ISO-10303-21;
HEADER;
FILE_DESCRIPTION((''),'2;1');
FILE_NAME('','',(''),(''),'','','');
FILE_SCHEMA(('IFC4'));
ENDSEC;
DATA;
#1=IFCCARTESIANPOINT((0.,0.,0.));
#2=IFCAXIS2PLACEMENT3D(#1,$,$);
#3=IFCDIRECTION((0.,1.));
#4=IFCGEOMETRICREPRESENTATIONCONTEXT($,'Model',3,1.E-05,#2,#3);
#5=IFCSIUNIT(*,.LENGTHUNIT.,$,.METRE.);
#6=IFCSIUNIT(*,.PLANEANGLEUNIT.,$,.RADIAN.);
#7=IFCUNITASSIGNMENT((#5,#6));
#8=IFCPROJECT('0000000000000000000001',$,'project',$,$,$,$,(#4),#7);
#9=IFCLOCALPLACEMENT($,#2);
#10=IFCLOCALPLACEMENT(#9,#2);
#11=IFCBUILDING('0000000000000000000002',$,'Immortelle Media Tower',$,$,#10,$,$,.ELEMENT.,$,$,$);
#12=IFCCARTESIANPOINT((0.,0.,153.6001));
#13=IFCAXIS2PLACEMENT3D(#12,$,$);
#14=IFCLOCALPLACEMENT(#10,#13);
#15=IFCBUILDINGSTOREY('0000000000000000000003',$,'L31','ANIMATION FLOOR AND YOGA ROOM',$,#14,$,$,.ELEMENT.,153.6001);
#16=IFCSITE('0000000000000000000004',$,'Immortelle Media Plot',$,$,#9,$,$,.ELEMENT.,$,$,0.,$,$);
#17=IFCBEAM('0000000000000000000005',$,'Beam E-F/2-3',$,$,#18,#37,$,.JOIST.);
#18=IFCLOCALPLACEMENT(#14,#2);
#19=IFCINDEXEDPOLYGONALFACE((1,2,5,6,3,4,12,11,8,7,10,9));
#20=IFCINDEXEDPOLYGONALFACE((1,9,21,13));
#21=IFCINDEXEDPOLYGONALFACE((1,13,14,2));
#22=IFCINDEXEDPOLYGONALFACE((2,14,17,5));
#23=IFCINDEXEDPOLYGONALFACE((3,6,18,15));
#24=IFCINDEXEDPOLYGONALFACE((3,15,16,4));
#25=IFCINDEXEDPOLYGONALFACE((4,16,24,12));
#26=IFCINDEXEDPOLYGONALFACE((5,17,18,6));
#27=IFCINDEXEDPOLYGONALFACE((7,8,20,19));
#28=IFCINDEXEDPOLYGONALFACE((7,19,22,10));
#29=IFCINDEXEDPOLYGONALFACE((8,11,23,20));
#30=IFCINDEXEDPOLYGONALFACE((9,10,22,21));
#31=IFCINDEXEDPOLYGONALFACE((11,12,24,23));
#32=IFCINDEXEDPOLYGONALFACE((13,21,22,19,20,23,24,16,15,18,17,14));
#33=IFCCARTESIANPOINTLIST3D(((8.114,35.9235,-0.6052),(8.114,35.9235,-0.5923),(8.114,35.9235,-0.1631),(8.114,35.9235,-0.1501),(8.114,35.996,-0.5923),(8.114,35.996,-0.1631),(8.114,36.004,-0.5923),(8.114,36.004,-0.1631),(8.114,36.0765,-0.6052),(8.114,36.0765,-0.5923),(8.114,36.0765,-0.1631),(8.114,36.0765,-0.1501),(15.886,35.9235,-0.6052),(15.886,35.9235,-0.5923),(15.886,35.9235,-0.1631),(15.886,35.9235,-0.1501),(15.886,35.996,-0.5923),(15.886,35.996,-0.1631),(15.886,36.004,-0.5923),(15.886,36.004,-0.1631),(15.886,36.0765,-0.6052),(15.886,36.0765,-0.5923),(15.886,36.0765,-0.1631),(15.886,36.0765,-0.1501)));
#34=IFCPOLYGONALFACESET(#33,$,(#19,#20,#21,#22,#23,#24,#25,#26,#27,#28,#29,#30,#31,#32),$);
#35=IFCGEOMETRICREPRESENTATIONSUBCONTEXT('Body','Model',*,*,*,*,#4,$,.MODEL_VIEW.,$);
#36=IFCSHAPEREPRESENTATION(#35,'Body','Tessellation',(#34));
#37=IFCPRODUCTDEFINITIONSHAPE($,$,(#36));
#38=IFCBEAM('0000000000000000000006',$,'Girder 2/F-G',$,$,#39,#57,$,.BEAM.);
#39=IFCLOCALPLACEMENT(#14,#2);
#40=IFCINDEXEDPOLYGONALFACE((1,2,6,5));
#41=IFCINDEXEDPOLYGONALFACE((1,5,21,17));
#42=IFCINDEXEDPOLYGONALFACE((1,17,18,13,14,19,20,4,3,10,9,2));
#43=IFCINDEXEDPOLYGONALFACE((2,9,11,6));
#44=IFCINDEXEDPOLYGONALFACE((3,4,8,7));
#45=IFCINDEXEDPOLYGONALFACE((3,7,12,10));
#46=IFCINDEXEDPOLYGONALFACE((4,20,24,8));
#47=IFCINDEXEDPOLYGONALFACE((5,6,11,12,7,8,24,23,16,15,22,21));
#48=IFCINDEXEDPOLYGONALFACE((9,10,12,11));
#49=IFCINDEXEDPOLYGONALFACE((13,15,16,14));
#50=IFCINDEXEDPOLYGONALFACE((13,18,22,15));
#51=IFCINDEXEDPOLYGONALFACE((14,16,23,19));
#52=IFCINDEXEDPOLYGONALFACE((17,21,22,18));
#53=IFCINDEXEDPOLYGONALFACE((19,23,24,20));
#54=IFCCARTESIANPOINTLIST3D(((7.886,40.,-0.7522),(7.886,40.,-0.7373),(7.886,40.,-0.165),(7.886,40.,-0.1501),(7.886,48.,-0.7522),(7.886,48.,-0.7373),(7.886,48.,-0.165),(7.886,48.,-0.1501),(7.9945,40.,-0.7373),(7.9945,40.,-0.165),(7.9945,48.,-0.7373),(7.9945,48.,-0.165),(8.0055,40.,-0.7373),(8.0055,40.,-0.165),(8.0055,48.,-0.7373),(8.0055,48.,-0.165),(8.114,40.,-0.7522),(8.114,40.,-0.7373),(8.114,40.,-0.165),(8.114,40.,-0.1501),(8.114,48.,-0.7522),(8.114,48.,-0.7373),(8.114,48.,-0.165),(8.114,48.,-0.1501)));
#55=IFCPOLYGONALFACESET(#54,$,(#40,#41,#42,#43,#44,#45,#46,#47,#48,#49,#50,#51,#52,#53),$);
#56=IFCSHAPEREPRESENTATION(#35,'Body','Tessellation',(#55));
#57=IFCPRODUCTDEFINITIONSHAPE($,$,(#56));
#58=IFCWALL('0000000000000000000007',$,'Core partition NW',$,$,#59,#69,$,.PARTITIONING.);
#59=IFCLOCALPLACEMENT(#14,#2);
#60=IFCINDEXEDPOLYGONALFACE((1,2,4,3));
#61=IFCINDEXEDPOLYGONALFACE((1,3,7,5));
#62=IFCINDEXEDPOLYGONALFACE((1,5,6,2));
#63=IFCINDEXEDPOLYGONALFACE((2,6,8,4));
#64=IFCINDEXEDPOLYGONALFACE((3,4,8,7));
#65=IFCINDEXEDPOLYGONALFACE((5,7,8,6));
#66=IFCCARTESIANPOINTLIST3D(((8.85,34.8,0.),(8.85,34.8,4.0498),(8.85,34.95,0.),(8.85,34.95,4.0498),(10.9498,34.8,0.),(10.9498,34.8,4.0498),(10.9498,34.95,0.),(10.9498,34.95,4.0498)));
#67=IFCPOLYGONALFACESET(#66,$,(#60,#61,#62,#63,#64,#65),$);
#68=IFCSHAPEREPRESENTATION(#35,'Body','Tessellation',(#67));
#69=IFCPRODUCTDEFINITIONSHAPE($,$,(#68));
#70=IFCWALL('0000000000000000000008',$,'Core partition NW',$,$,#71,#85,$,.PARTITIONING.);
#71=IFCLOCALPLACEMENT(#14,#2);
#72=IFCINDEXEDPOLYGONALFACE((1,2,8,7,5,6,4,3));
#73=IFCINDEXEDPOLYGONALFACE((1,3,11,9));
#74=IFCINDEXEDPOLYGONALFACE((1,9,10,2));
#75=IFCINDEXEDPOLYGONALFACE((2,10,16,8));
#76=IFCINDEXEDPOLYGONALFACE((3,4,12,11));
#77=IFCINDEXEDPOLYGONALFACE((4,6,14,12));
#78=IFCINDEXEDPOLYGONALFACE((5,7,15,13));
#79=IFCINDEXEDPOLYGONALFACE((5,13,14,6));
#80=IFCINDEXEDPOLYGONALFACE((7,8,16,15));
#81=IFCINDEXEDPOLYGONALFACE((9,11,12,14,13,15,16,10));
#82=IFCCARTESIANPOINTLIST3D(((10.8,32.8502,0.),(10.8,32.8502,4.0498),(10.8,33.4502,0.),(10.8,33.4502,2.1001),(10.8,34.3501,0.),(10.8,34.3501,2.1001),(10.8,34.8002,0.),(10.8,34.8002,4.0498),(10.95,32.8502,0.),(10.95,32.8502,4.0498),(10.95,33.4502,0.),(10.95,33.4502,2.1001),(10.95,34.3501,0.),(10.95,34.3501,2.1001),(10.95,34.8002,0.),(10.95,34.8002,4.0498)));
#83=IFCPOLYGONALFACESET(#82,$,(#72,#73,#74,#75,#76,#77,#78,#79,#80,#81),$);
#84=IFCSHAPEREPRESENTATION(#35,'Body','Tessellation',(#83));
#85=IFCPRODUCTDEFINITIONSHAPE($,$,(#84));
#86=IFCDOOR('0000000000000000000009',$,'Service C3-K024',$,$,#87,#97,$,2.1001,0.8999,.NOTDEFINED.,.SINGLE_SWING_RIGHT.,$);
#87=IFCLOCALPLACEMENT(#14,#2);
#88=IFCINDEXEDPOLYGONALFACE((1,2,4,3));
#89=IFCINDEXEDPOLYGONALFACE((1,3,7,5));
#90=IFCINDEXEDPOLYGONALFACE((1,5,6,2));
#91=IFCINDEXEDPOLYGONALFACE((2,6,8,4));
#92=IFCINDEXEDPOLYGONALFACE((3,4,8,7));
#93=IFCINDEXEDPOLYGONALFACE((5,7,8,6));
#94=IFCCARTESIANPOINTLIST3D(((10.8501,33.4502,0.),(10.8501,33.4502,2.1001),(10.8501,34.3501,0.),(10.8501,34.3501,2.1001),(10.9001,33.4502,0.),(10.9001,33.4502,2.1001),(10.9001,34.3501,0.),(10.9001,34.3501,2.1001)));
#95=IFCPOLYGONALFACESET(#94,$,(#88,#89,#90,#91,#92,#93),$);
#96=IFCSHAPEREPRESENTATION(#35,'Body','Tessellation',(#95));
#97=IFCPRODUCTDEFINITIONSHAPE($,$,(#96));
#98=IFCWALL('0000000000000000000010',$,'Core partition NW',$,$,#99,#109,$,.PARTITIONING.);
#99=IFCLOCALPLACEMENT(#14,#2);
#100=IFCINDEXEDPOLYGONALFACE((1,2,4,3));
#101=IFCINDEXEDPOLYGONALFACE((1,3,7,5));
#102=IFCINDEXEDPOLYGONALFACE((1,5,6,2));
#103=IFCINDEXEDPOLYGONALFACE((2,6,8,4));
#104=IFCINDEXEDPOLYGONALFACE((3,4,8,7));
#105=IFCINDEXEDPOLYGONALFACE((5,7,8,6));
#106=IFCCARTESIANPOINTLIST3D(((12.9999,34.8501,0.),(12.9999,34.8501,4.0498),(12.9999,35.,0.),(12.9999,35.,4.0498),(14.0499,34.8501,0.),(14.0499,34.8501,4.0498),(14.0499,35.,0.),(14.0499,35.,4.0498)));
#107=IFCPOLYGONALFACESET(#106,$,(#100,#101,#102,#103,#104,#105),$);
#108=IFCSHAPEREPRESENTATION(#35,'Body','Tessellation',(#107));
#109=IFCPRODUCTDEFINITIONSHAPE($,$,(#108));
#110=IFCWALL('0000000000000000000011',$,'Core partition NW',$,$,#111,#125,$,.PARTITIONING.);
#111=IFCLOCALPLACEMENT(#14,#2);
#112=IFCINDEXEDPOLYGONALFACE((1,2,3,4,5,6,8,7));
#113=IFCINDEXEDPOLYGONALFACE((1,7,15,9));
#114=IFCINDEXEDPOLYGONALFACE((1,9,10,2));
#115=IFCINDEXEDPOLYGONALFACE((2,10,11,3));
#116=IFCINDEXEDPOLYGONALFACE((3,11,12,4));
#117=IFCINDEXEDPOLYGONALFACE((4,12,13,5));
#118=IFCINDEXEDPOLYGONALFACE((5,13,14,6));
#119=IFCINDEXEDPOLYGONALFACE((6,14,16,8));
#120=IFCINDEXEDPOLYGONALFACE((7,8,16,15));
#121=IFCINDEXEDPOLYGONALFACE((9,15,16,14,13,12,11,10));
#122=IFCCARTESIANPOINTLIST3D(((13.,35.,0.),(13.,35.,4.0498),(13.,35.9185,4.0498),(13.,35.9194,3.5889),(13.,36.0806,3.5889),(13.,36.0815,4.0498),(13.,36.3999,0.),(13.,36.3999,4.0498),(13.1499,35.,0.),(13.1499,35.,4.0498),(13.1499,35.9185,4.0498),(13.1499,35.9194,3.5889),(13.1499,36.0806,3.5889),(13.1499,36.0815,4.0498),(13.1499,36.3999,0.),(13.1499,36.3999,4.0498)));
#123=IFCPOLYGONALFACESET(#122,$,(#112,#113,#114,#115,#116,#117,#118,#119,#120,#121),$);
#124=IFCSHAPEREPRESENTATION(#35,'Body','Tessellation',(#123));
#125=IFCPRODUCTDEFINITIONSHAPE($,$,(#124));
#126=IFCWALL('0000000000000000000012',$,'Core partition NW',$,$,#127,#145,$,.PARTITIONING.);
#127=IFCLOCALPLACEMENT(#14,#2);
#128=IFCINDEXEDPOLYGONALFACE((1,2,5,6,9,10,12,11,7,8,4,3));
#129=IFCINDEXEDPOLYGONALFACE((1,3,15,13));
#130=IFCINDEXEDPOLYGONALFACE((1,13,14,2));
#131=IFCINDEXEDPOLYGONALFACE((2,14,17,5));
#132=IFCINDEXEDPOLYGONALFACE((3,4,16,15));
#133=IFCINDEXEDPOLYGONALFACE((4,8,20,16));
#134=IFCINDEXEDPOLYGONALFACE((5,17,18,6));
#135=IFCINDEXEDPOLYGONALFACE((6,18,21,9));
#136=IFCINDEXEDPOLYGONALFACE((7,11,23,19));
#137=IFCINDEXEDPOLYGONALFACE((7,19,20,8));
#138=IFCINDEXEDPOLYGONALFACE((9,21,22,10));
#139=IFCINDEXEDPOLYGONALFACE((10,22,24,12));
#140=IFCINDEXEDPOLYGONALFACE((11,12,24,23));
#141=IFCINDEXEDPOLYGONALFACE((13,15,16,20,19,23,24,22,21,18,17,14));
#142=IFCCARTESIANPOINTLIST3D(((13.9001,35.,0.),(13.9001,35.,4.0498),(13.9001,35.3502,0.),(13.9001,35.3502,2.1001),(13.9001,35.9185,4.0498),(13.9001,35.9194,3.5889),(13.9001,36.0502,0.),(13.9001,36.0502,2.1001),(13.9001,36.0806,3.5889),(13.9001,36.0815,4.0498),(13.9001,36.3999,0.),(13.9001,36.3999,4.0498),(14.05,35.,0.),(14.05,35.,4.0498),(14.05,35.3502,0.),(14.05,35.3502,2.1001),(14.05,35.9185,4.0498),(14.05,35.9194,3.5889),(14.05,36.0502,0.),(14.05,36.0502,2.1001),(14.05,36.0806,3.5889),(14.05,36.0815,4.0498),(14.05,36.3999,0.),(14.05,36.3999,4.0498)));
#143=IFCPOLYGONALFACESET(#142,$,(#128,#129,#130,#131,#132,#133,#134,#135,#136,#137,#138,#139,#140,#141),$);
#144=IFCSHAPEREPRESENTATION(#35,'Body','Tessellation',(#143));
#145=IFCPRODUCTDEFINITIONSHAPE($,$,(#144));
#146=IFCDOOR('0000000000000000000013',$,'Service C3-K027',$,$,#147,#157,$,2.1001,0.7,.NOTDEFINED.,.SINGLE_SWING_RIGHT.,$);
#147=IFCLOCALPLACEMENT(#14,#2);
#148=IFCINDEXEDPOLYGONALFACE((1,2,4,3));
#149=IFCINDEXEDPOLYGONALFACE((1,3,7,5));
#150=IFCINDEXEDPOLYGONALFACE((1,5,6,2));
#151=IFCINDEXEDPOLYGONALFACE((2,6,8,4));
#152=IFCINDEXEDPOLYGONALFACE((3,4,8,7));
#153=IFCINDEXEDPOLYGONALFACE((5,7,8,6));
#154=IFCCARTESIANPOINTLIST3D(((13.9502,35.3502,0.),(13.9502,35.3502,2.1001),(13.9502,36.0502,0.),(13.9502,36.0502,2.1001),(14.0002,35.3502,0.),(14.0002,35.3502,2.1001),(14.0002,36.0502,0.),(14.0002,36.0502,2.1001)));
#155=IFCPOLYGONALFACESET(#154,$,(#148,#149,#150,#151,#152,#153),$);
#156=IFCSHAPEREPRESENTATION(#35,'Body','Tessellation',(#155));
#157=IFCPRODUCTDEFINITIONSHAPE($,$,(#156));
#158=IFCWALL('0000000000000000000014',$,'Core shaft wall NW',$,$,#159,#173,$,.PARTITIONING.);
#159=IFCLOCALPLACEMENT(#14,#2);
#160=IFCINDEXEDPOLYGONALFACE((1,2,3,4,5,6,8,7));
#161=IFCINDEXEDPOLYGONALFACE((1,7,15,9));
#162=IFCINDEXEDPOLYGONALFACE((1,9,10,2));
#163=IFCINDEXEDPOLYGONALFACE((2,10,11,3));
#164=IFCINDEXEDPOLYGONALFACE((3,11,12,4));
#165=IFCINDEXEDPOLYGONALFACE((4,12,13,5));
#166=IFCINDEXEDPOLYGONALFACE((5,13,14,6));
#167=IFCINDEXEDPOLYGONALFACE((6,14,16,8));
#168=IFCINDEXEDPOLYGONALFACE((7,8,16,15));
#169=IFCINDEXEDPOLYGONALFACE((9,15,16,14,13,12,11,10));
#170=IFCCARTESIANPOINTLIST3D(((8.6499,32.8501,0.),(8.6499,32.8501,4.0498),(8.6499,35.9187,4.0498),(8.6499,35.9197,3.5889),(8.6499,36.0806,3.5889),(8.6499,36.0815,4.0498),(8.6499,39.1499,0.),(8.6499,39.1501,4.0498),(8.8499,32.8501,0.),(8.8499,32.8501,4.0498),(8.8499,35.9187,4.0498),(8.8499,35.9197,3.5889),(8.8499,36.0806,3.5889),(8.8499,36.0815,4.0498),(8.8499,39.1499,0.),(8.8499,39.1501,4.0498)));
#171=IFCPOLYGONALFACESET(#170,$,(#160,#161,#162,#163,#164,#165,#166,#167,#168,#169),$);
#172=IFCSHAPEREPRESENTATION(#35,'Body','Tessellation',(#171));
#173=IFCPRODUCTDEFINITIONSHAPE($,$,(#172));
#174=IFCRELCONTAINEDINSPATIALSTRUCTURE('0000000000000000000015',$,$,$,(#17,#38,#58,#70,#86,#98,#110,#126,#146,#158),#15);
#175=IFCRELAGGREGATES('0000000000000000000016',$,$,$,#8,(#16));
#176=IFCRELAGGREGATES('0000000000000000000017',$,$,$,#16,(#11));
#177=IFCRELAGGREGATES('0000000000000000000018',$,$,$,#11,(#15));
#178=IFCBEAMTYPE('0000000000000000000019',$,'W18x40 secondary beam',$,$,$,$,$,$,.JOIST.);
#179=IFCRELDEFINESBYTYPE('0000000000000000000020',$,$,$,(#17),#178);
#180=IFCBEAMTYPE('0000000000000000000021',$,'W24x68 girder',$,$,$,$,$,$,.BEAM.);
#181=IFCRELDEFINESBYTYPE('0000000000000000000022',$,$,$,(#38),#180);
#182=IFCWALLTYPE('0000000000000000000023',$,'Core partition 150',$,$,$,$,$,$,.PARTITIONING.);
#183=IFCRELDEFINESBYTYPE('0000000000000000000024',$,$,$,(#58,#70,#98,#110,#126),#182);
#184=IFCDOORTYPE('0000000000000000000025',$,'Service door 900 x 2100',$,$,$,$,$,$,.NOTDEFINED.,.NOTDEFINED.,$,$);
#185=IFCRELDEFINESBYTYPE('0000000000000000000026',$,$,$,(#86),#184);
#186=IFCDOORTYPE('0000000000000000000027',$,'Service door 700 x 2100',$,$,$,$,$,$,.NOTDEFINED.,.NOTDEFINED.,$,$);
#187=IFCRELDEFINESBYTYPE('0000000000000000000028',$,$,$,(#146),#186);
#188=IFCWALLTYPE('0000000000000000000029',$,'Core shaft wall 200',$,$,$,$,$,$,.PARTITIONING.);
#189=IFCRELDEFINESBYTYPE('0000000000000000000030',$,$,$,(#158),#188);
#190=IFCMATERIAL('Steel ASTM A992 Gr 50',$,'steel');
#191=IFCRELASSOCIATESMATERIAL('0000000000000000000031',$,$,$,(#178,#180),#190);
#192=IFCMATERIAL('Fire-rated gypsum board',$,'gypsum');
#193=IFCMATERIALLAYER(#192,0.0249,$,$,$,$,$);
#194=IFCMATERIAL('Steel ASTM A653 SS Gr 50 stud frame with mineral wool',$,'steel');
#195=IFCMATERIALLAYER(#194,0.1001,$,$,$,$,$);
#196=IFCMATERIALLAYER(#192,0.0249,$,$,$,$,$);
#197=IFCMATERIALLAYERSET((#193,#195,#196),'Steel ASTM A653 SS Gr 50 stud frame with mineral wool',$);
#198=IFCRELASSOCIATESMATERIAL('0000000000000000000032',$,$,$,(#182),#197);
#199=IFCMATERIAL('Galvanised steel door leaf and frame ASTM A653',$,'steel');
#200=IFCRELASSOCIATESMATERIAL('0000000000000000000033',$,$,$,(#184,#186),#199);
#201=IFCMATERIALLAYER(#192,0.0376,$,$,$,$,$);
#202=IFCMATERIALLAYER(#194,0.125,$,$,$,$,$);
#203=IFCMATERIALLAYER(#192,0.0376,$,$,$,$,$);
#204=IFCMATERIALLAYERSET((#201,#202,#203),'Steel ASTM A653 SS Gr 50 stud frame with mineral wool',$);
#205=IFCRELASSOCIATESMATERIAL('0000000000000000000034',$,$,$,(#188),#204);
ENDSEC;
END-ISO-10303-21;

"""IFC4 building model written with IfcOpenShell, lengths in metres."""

from ifc_helpers import new_model, si_unit, direction, frame, frame_2d, origin, origin_2d, place, context, subcontext, project, spatial, polyline, rectangle, i_section, outline, extrude, material, layer, layer_set, material_profile, profile_set, type_object, element, fill, save


model = new_model("IFC4")

# Units and contexts
model_context = context("Model", 3, precision=1e-05, world=origin(), true_north=direction((0.0, 1.0)))
body_context = subcontext(model_context, "Body", "Model", "MODEL_VIEW")
ifc_project = project(units=[si_unit("LENGTHUNIT", "METRE"), si_unit("PLANEANGLEUNIT", "RADIAN")], contexts=[model_context])

# Site, building, storey
site_placement = place(None, origin())
site = spatial("IfcSite", under=ifc_project, at=site_placement, Name="Immortelle Media Plot", CompositionType="ELEMENT", RefElevation=0.0)
building_placement = place(site_placement, origin())
building = spatial("IfcBuilding", under=site, at=building_placement, Name="Immortelle Media Tower", CompositionType="ELEMENT")
storey_placement = place(building_placement, frame((0.0, 0.0, 153.6001)))
storey = spatial("IfcBuildingStorey", under=building, at=storey_placement, Name="L31", Description="ANIMATION FLOOR AND YOGA ROOM", CompositionType="ELEMENT", Elevation=153.6001)

# Beams
ifc_material_1 = material(Name="Steel ASTM A992 Gr 50", Category="steel")
ifc_material_profile_1 = material_profile(ifc_material_1, i_section(OverallWidth=0.1531, OverallDepth=0.4551, WebThickness=0.0081, FlangeThickness=0.0129, at=origin_2d()), Name="W18x40")
ifc_profile_set_1 = profile_set([ifc_material_profile_1], Name="Steel ASTM A992 Gr 50")
beam_type_1 = type_object("IfcBeamType", Name="W18x40 secondary beam", PredefinedType="JOIST", material=ifc_profile_set_1)
beam_1_placement = place(storey_placement, frame((8.114, 36.0, -0.3777), z_axis=(1.0, 0.0, 0.0), x_axis=(0.0, 1.0, 0.0)))
element("IfcBeam", 1, at=beam_1_placement, inside=storey, type_object=beam_type_1, Name="Beam E-F/2-3", PredefinedType="JOIST", context=body_context, shape_type="SweptSolid", body=[
    extrude(i_section(OverallWidth=0.1531, OverallDepth=0.4551, WebThickness=0.0081, FlangeThickness=0.0129, at=origin_2d()), origin(), (0.0, 0.0, 1.0), 7.772),
])
ifc_material_profile_2 = material_profile(ifc_material_1, i_section(OverallWidth=0.228, OverallDepth=0.6021, WebThickness=0.011, FlangeThickness=0.0149, at=origin_2d()), Name="W24x68")
ifc_profile_set_2 = profile_set([ifc_material_profile_2], Name="Steel ASTM A992 Gr 50")
beam_type_2 = type_object("IfcBeamType", Name="W24x68 girder", PredefinedType="BEAM", material=ifc_profile_set_2)
beam_2_placement = place(storey_placement, frame((8.0, 40.0, -0.4512), z_axis=(0.0, 1.0, 0.0), x_axis=(-1.0, 0.0, 0.0)))
element("IfcBeam", 2, at=beam_2_placement, inside=storey, type_object=beam_type_2, Name="Girder 2/F-G", PredefinedType="BEAM", context=body_context, shape_type="SweptSolid", body=[
    extrude(i_section(OverallWidth=0.228, OverallDepth=0.6021, WebThickness=0.011, FlangeThickness=0.0149, at=origin_2d()), origin(), (0.0, 0.0, 1.0), 8.0),
])

# Wall
ifc_material_2 = material(Name="Fire-rated gypsum board", Category="gypsum")
ifc_layer_1 = layer(ifc_material_2, 0.0249)
ifc_material_3 = material(Name="Steel ASTM A653 SS Gr 50 stud frame with mineral wool", Category="steel")
ifc_layer_2 = layer(ifc_material_3, 0.1001)
ifc_layer_3 = layer(ifc_material_2, 0.0249)
ifc_layer_set_1 = layer_set([ifc_layer_1, ifc_layer_2, ifc_layer_3], Name="Steel ASTM A653 SS Gr 50 stud frame with mineral wool")
wall_type_1 = type_object("IfcWallType", Name="Core partition 150", PredefinedType="PARTITIONING", material=ifc_layer_set_1)
wall_1_placement = place(storey_placement, frame((8.8501, 34.875, 0.0), z_axis=(0.0, 0.0, 1.0), x_axis=(1.0, 0.0, 0.0)))
element("IfcWall", 3, at=wall_1_placement, inside=storey, type_object=wall_type_1, Name="Core partition NW", PredefinedType="PARTITIONING", context=body_context, shape_type="SweptSolid", body=[
    extrude(rectangle(XDim=2.0999, YDim=0.1499, at=frame_2d((1.0498, 0.0))), origin(), (0.0, 0.0, 1.0), 4.0498),
])

# Wall, opening, door
wall_2_placement = place(storey_placement, frame((10.875, 32.8501, 0.0), z_axis=(0.0, 0.0, 1.0), x_axis=(0.0, 1.0, 0.0)))
wall_2 = element("IfcWall", 4, at=wall_2_placement, inside=storey, type_object=wall_type_1, Name="Core partition NW", PredefinedType="PARTITIONING", context=body_context, shape_type="SweptSolid", body=[
    extrude(rectangle(XDim=1.95, YDim=0.1499, at=frame_2d((0.9751, 0.0))), origin(), (0.0, 0.0, 1.0), 4.0498),
])
opening_1_placement = place(wall_2_placement, frame((0.6001, 0.0, 0.0)))
opening_1 = element("IfcOpeningElement", 5, at=opening_1_placement, cuts=wall_2, PredefinedType="OPENING", context=body_context, shape_type="SweptSolid", body=[
    extrude(rectangle(XDim=0.8999, YDim=2.1001, at=frame_2d((0.45, 1.05))), frame((0.0, 0.085, 0.0), z_axis=(0.0, -1.0, 0.0), x_axis=(1.0, 0.0, 0.0)), (0.0, 0.0, 1.0), 0.1699),
])
ifc_material_4 = material(Name="Galvanised steel door leaf and frame ASTM A653", Category="steel")
door_type_1 = type_object("IfcDoorType", Name="Service door 900 x 2100", OperationType="NOTDEFINED", PredefinedType="NOTDEFINED", material=ifc_material_4)
door_1_placement = place(opening_1_placement, origin())
door_1 = element("IfcDoor", 6, at=door_1_placement, inside=storey, type_object=door_type_1, Name="Service C3-K024", OperationType="SINGLE_SWING_RIGHT", OverallHeight=2.1001, OverallWidth=0.8999, PredefinedType="NOTDEFINED", context=body_context, shape_type="SweptSolid", body=[
    extrude(rectangle(XDim=0.8999, YDim=2.1001, at=frame_2d((0.45, 1.05))), frame((0.0, 0.0249, 0.0), z_axis=(0.0, -1.0, 0.0), x_axis=(1.0, 0.0, 0.0)), (0.0, 0.0, 1.0), 0.05),
])
fill(opening_1, door_1)

# Walls
wall_3_placement = place(storey_placement, frame((13.0, 34.925, 0.0), z_axis=(0.0, 0.0, 1.0), x_axis=(1.0, 0.0, 0.0)))
element("IfcWall", 7, at=wall_3_placement, inside=storey, type_object=wall_type_1, Name="Core partition NW", PredefinedType="PARTITIONING", context=body_context, shape_type="SweptSolid", body=[
    extrude(rectangle(XDim=1.05, YDim=0.1499, at=frame_2d((0.5249, 0.0))), origin(), (0.0, 0.0, 1.0), 4.0498),
])
wall_4_placement = place(storey_placement, frame((13.075, 35.0, 0.0), z_axis=(0.0, 0.0, 1.0), x_axis=(0.0, 1.0, 0.0)))
element("IfcWall", 8, at=wall_4_placement, inside=storey, type_object=wall_type_1, Name="Core partition NW", PredefinedType="PARTITIONING", context=body_context, shape_type="SweptSolid", body=[
    extrude(outline(polyline([(0.0, 0.0), (1.3999, 0.0), (1.3999, 4.0498), (1.0815, 4.0498), (1.0806, 3.5889), (0.9194, 3.5889), (0.9185, 4.0498), (0.0, 4.0498), (0.0, 0.0)])), frame((0.0, 0.075, 0.0), z_axis=(0.0, -1.0, 0.0), x_axis=(1.0, 0.0, 0.0)), (0.0, 0.0, 1.0), 0.1499),
])

# Wall, opening, door
wall_5_placement = place(storey_placement, frame((13.9751, 35.0, 0.0), z_axis=(0.0, 0.0, 1.0), x_axis=(0.0, 1.0, 0.0)))
wall_5 = element("IfcWall", 9, at=wall_5_placement, inside=storey, type_object=wall_type_1, Name="Core partition NW", PredefinedType="PARTITIONING", context=body_context, shape_type="SweptSolid", body=[
    extrude(outline(polyline([(0.0, 0.0), (1.3999, 0.0), (1.3999, 4.0498), (1.0815, 4.0498), (1.0806, 3.5889), (0.9194, 3.5889), (0.9185, 4.0498), (0.0, 4.0498), (0.0, 0.0)])), frame((0.0, 0.075, 0.0), z_axis=(0.0, -1.0, 0.0), x_axis=(1.0, 0.0, 0.0)), (0.0, 0.0, 1.0), 0.1499),
])
opening_2_placement = place(wall_5_placement, frame((0.3501, 0.0, 0.0)))
opening_2 = element("IfcOpeningElement", 10, at=opening_2_placement, cuts=wall_5, PredefinedType="OPENING", context=body_context, shape_type="SweptSolid", body=[
    extrude(rectangle(XDim=0.7, YDim=2.1001, at=frame_2d((0.3501, 1.05))), frame((0.0, 0.085, 0.0), z_axis=(0.0, -1.0, 0.0), x_axis=(1.0, 0.0, 0.0)), (0.0, 0.0, 1.0), 0.1699),
])
door_type_2 = type_object("IfcDoorType", Name="Service door 700 x 2100", OperationType="NOTDEFINED", PredefinedType="NOTDEFINED", material=ifc_material_4)
door_2_placement = place(opening_2_placement, origin())
door_2 = element("IfcDoor", 11, at=door_2_placement, inside=storey, type_object=door_type_2, Name="Service C3-K027", OperationType="SINGLE_SWING_RIGHT", OverallHeight=2.1001, OverallWidth=0.7, PredefinedType="NOTDEFINED", context=body_context, shape_type="SweptSolid", body=[
    extrude(rectangle(XDim=0.7, YDim=2.1001, at=frame_2d((0.3501, 1.05))), frame((0.0, 0.0249, 0.0), z_axis=(0.0, -1.0, 0.0), x_axis=(1.0, 0.0, 0.0)), (0.0, 0.0, 1.0), 0.05),
])
fill(opening_2, door_2)

# Wall
ifc_layer_4 = layer(ifc_material_2, 0.0376)
ifc_layer_5 = layer(ifc_material_3, 0.125)
ifc_layer_6 = layer(ifc_material_2, 0.0376)
ifc_layer_set_2 = layer_set([ifc_layer_4, ifc_layer_5, ifc_layer_6], Name="Steel ASTM A653 SS Gr 50 stud frame with mineral wool")
wall_type_2 = type_object("IfcWallType", Name="Core shaft wall 200", PredefinedType="PARTITIONING", material=ifc_layer_set_2)
wall_6_placement = place(storey_placement, frame((8.75, 32.8501, 0.0), z_axis=(0.0, 0.0, 1.0), x_axis=(0.0, 1.0, 0.0)))
element("IfcWall", 12, at=wall_6_placement, inside=storey, type_object=wall_type_2, Name="Core shaft wall NW", PredefinedType="PARTITIONING", context=body_context, shape_type="SweptSolid", body=[
    extrude(outline(polyline([(0.0, 0.0), (6.2998, 0.0), (6.3, 4.0498), (3.2314, 4.0498), (3.2305, 3.5889), (3.0696, 3.5889), (3.0686, 4.0498), (0.0, 4.0498), (0.0, 0.0)])), frame((0.0, 0.1001, 0.0), z_axis=(0.0, -1.0, 0.0), x_axis=(1.0, 0.0, 0.0)), (0.0, 0.0, 1.0), 0.2),
])

save(model, "model.ifc")
